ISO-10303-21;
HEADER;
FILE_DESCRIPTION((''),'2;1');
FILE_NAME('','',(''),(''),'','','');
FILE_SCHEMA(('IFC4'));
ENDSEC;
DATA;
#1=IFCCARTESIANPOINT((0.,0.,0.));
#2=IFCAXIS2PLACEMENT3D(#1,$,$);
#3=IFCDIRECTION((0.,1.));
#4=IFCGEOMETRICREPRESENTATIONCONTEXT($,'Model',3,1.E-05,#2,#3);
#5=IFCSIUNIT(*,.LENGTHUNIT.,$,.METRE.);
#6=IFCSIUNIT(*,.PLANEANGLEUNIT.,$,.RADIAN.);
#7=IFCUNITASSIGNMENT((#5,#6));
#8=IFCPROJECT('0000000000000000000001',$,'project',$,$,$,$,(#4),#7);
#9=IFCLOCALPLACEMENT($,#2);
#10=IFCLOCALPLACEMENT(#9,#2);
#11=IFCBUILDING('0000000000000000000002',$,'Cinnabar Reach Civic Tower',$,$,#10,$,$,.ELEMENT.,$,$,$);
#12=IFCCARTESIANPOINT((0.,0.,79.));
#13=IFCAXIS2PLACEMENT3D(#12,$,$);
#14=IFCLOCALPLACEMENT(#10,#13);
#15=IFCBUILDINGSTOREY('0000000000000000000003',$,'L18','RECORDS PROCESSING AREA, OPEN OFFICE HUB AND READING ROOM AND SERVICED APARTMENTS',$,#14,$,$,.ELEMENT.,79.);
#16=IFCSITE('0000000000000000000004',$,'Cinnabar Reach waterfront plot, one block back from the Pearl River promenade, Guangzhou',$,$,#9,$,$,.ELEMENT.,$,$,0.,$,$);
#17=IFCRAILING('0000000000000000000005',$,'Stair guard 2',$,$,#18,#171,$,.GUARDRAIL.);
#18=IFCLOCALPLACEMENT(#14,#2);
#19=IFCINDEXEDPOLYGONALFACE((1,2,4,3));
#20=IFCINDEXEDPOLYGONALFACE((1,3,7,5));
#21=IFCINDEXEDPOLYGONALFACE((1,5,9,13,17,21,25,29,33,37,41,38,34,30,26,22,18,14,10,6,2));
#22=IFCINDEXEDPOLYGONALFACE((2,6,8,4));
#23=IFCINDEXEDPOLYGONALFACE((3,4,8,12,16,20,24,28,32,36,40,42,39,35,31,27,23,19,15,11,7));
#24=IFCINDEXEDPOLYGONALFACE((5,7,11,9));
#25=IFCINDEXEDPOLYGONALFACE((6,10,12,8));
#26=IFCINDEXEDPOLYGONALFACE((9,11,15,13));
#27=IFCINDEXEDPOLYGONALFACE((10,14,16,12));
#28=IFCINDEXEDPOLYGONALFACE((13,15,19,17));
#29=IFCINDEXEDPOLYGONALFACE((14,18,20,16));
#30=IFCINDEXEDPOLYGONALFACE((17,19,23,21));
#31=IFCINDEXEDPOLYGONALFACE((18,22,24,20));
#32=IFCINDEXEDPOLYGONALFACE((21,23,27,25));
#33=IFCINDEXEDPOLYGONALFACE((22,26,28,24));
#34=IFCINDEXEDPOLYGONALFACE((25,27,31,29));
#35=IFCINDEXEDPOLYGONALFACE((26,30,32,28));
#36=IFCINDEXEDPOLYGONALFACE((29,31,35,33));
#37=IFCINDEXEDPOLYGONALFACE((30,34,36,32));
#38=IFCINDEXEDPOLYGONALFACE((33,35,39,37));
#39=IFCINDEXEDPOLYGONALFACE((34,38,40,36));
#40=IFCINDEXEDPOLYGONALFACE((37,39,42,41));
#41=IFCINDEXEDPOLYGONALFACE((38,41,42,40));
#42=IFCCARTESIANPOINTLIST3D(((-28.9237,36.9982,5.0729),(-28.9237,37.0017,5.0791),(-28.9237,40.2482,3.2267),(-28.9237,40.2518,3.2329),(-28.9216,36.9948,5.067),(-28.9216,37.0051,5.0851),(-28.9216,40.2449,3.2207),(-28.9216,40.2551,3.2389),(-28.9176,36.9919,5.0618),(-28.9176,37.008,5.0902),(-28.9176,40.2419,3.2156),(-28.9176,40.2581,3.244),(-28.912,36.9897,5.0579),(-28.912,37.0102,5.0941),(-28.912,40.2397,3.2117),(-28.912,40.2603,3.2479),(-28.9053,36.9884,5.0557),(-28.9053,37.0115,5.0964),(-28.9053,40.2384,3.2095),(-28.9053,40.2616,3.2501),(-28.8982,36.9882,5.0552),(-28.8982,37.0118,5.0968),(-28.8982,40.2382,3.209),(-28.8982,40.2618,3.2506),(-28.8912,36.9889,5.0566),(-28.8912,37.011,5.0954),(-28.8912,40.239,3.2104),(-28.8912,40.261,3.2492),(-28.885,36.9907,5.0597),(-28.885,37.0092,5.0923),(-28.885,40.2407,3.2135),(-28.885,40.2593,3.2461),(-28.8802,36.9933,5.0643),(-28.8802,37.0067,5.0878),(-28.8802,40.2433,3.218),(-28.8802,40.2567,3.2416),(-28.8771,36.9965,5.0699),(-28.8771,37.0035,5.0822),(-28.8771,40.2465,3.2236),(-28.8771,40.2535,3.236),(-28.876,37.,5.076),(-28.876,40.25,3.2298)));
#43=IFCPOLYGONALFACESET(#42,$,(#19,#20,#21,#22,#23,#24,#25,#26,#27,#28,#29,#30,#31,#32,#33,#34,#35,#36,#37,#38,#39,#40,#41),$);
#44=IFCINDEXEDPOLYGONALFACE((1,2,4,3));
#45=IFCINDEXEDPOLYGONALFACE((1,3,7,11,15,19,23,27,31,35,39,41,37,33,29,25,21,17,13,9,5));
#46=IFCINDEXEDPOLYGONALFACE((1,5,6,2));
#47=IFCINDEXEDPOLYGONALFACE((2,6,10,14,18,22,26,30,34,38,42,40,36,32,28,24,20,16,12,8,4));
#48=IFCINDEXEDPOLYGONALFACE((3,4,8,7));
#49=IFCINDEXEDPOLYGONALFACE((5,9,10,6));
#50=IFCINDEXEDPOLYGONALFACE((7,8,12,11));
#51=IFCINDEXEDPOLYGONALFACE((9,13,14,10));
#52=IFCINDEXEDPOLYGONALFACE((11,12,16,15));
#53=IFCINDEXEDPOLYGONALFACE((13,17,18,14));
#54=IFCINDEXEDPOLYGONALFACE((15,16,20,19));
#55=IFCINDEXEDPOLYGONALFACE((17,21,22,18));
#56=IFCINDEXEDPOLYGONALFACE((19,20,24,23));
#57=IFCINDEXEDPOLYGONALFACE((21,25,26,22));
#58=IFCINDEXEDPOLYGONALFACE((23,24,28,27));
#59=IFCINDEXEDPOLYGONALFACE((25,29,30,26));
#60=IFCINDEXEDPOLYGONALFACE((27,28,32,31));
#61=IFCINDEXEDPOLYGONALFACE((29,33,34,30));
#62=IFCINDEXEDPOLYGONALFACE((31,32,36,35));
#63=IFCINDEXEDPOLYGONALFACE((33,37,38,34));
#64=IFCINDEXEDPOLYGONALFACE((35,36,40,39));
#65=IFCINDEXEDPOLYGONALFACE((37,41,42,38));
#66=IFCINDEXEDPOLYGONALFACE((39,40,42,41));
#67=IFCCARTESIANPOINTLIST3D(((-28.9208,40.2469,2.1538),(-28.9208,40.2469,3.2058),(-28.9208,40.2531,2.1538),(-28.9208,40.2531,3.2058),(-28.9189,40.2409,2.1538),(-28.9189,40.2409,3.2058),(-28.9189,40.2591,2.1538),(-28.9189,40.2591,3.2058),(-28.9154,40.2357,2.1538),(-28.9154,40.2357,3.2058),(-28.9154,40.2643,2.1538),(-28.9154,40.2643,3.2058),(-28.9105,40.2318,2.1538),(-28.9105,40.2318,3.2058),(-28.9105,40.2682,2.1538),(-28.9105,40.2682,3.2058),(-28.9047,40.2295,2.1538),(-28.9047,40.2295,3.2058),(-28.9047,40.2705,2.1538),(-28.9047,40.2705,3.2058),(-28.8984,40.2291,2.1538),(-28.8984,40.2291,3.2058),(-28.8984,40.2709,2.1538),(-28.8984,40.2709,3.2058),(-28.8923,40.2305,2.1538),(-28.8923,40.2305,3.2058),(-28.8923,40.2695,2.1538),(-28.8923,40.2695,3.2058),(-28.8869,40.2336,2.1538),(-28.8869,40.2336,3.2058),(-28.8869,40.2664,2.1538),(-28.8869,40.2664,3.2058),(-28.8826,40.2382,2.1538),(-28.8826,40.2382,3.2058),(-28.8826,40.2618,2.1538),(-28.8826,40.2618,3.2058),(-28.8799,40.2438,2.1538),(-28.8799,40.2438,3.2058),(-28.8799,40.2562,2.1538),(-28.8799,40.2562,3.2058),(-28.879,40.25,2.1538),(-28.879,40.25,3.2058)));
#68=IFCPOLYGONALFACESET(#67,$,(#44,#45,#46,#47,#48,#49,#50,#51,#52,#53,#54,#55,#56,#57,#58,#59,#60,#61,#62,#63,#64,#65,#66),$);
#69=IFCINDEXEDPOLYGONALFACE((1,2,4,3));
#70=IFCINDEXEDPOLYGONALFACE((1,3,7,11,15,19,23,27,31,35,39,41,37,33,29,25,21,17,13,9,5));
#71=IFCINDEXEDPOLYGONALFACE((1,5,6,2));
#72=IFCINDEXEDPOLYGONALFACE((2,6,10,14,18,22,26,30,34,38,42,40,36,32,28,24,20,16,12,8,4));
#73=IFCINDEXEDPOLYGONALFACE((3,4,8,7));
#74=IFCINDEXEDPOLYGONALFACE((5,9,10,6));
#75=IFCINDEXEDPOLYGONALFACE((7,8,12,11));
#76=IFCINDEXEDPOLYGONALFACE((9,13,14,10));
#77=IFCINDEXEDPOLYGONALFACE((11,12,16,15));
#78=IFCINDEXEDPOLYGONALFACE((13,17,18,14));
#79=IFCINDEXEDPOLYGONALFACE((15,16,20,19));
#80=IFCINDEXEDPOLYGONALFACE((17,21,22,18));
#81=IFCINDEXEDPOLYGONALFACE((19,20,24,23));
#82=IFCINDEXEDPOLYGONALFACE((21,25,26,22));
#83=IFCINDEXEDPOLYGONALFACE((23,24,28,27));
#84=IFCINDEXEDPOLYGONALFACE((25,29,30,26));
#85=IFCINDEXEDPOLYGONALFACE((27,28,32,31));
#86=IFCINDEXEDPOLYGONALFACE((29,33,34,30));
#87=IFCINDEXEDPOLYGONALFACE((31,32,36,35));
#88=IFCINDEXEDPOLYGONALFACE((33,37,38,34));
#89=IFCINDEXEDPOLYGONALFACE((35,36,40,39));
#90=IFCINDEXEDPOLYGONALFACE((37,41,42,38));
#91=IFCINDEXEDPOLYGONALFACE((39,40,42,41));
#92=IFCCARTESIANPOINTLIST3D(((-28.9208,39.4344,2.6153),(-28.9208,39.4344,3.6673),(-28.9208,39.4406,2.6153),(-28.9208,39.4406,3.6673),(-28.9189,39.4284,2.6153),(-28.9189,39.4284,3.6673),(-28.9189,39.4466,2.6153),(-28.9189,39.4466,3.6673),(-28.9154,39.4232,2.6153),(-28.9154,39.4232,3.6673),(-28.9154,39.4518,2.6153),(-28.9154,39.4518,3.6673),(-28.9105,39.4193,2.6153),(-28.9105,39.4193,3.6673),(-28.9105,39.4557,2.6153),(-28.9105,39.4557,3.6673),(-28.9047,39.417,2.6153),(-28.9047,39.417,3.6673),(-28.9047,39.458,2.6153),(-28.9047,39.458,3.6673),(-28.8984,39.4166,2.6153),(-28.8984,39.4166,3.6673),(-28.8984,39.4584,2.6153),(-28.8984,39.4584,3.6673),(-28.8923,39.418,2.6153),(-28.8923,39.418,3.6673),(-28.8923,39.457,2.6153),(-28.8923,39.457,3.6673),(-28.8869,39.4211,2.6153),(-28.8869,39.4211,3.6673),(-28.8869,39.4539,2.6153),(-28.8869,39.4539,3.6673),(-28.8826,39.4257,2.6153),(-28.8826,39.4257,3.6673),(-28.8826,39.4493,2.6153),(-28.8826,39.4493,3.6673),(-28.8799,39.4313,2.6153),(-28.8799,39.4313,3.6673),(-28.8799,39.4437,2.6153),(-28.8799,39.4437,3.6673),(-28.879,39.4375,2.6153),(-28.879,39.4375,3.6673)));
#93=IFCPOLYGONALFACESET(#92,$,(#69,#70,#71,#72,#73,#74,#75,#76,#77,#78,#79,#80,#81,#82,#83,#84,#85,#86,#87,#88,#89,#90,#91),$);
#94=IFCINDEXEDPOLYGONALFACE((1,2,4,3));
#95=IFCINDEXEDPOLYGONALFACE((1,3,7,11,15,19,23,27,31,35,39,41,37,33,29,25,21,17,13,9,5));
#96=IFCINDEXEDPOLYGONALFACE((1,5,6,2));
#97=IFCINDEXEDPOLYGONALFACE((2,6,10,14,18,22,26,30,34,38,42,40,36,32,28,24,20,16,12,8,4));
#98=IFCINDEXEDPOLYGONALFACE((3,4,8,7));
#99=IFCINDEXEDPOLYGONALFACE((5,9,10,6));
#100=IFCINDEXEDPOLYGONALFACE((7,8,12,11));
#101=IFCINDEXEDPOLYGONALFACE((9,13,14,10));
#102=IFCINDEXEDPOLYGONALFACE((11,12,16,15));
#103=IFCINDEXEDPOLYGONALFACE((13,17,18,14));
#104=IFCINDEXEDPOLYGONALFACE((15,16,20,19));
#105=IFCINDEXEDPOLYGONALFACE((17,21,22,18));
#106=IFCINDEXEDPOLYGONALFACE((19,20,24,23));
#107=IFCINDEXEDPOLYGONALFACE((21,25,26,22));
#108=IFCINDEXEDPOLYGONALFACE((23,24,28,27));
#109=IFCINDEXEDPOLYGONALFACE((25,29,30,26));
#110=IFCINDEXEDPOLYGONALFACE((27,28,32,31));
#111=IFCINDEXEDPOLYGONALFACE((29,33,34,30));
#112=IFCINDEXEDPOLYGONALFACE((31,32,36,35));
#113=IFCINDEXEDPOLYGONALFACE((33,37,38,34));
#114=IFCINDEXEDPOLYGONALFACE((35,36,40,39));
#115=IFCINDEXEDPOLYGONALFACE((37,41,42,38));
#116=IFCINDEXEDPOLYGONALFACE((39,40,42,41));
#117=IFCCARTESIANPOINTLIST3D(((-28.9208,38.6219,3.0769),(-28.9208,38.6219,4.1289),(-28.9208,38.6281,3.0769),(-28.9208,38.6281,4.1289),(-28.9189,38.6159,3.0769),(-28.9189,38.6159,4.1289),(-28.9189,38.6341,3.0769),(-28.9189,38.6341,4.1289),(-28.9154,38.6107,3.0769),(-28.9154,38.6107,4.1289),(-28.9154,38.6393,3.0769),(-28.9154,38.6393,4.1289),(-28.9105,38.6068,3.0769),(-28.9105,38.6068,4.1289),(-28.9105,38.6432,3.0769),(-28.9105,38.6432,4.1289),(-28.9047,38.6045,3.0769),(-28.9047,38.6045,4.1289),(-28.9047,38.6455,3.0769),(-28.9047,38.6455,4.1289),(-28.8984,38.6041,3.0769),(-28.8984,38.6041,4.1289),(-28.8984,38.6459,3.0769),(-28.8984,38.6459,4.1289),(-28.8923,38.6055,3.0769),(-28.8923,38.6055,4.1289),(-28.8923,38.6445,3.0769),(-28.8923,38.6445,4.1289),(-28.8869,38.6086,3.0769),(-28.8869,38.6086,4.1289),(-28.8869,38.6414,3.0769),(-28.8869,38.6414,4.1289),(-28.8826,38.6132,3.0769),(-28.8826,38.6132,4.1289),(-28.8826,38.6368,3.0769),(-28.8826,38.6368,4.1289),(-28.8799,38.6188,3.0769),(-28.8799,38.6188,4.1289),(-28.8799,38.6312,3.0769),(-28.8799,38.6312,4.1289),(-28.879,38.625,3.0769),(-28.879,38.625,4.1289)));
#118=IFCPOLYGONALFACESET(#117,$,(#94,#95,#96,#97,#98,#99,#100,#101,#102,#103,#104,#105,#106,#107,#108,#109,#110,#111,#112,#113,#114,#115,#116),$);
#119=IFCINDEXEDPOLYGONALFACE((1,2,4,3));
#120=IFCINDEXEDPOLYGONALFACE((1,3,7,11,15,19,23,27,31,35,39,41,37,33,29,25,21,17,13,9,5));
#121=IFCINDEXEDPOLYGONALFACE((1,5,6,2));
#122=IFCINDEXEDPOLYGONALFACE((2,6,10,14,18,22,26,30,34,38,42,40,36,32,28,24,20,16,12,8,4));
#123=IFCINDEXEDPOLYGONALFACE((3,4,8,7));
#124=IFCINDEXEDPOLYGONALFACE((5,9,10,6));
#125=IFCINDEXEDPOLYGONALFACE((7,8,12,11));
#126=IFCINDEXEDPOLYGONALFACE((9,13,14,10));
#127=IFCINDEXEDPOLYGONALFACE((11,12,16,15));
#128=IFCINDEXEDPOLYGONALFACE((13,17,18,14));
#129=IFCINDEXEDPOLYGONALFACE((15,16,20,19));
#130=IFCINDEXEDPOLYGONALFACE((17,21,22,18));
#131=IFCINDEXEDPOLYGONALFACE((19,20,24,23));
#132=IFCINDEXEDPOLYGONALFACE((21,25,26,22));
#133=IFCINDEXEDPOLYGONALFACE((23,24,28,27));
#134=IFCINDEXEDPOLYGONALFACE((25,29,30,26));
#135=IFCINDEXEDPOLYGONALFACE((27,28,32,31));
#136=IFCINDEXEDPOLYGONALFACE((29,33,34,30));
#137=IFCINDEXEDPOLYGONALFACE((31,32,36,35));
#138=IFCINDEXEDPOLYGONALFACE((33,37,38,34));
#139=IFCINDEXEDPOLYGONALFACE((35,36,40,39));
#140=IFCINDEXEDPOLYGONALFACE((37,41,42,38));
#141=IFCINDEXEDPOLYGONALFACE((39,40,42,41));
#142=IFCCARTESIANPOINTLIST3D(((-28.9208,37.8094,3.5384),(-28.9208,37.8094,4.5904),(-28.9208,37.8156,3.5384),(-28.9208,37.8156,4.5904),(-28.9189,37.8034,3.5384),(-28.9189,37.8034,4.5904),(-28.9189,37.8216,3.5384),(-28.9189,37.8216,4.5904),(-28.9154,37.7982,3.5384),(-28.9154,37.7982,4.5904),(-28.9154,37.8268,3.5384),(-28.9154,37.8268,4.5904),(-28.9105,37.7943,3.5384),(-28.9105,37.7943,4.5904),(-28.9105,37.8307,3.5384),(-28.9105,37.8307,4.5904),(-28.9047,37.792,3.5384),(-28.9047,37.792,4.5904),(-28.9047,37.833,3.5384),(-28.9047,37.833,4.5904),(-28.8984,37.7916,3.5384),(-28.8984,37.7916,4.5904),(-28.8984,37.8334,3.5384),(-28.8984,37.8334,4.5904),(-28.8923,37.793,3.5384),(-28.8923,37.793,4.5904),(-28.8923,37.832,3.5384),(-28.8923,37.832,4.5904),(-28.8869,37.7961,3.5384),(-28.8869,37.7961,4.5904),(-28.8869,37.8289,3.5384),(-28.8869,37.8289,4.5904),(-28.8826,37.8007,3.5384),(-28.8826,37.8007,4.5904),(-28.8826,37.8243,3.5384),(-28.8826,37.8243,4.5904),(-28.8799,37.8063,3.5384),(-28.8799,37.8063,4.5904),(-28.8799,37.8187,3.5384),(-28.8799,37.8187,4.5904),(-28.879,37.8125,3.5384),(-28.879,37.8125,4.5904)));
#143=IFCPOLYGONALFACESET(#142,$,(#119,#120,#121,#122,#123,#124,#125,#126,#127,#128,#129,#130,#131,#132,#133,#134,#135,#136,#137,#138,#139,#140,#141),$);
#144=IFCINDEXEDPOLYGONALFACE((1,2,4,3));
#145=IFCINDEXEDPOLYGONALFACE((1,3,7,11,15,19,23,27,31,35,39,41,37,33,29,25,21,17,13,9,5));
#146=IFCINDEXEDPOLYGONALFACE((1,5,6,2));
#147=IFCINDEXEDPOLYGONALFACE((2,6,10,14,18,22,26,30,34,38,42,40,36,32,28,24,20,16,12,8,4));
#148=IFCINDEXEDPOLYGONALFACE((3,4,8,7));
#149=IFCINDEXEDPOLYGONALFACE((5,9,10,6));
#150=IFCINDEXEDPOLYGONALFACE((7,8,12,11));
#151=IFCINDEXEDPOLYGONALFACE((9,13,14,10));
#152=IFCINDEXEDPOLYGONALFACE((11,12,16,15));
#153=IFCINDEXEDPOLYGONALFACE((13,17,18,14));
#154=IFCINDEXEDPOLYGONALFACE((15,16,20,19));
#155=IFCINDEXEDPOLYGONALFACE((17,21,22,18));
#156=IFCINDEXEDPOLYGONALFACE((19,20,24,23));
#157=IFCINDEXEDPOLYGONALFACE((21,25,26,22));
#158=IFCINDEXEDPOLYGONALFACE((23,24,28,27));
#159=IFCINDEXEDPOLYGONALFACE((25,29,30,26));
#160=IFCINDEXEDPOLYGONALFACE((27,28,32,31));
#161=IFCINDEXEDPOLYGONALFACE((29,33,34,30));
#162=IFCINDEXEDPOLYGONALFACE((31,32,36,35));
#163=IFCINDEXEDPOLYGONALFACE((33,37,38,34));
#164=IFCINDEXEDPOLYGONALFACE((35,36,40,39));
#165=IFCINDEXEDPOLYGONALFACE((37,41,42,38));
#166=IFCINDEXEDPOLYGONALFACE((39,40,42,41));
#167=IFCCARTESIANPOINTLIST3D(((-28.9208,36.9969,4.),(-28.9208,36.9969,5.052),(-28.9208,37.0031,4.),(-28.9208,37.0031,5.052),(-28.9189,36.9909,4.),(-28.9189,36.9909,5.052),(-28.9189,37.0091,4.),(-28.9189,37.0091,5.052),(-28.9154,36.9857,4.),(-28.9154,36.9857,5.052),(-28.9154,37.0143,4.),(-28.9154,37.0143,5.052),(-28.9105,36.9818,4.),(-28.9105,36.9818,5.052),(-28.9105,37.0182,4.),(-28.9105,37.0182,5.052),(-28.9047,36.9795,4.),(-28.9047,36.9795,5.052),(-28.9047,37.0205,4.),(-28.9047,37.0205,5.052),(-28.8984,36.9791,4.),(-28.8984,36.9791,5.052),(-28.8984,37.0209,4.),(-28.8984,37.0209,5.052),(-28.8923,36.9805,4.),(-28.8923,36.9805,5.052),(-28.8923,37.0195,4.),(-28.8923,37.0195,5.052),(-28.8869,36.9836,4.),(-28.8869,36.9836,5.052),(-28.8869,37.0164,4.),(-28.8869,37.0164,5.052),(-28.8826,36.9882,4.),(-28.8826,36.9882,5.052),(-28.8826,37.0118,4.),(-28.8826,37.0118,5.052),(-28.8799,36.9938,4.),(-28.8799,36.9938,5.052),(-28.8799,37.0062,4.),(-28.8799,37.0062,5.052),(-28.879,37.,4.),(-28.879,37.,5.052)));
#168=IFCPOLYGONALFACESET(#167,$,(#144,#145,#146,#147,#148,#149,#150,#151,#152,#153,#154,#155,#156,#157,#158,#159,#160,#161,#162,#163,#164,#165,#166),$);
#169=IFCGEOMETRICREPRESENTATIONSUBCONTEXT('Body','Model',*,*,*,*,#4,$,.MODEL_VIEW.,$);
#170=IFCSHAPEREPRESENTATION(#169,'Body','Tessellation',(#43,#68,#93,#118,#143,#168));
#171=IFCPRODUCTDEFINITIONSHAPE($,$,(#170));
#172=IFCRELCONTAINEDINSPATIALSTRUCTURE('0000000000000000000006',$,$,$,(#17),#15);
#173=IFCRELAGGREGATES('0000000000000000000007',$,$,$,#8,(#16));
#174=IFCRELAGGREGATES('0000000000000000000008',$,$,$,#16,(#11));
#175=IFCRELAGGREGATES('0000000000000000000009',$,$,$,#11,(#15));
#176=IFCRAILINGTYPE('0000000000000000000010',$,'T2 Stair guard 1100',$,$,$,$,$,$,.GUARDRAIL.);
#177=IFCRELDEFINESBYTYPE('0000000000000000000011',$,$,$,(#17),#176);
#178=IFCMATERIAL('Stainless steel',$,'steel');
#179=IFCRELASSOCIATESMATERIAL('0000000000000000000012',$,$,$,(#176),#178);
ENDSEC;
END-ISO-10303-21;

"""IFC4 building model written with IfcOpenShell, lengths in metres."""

from ifc_helpers import new_model, si_unit, direction, frame, origin, origin_2d, place, context, subcontext, project, spatial, circle, extrude, material, type_object, element, save


model = new_model("IFC4")

# Units and contexts
model_context = context("Model", 3, precision=1e-05, world=origin(), true_north=direction((0.0, 1.0)))
body_context = subcontext(model_context, "Body", "Model", "MODEL_VIEW")
ifc_project = project(units=[si_unit("LENGTHUNIT", "METRE"), si_unit("PLANEANGLEUNIT", "RADIAN")], contexts=[model_context])

# Site, building, storey
site_placement = place(None, origin())
site = spatial("IfcSite", under=ifc_project, at=site_placement, Name="Cinnabar Reach waterfront plot, one block back from the Pearl River promenade, Guangzhou", CompositionType="ELEMENT", RefElevation=0.0)
building_placement = place(site_placement, origin())
building = spatial("IfcBuilding", under=site, at=building_placement, Name="Cinnabar Reach Civic Tower", CompositionType="ELEMENT")
storey_placement = place(building_placement, frame((0.0, 0.0, 79.0)))
storey = spatial("IfcBuildingStorey", under=building, at=storey_placement, Name="L18", Description="RECORDS PROCESSING AREA, OPEN OFFICE HUB AND READING ROOM AND SERVICED APARTMENTS", CompositionType="ELEMENT", Elevation=79.0)

# Railing
ifc_material_1 = material(Name="Stainless steel", Category="steel")
railing_type_1 = type_object("IfcRailingType", Name="T2 Stair guard 1100", PredefinedType="GUARDRAIL", material=ifc_material_1)
railing_1_placement = place(storey_placement, frame((-28.9, 40.25, 2.1538)))
element("IfcRailing", 1, at=railing_1_placement, inside=storey, type_object=railing_type_1, Name="Stair guard 2", PredefinedType="GUARDRAIL", context=body_context, shape_type="SweptSolid", body=[
    extrude(circle(Radius=0.024, at=origin_2d()), frame((0.0, 0.0, 1.076), z_axis=(0.0, -0.869501, 0.49393), x_axis=(1.0, 0.0, 0.0)), (0.0, 0.0, 1.0), 3.7378),
    extrude(circle(Radius=0.021, at=origin_2d()), origin(), (0.0, 0.0, 1.0), 1.052),
    extrude(circle(Radius=0.021, at=origin_2d()), frame((0.0, -0.8125, 0.4615)), (0.0, 0.0, 1.0), 1.052),
    extrude(circle(Radius=0.021, at=origin_2d()), frame((0.0, -1.625, 0.9231)), (0.0, 0.0, 1.0), 1.052),
    extrude(circle(Radius=0.021, at=origin_2d()), frame((0.0, -2.4375, 1.3846)), (0.0, 0.0, 1.0), 1.052),
    extrude(circle(Radius=0.021, at=origin_2d()), frame((0.0, -3.25, 1.8462)), (0.0, 0.0, 1.0), 1.052),
])

save(model, "model.ifc")
